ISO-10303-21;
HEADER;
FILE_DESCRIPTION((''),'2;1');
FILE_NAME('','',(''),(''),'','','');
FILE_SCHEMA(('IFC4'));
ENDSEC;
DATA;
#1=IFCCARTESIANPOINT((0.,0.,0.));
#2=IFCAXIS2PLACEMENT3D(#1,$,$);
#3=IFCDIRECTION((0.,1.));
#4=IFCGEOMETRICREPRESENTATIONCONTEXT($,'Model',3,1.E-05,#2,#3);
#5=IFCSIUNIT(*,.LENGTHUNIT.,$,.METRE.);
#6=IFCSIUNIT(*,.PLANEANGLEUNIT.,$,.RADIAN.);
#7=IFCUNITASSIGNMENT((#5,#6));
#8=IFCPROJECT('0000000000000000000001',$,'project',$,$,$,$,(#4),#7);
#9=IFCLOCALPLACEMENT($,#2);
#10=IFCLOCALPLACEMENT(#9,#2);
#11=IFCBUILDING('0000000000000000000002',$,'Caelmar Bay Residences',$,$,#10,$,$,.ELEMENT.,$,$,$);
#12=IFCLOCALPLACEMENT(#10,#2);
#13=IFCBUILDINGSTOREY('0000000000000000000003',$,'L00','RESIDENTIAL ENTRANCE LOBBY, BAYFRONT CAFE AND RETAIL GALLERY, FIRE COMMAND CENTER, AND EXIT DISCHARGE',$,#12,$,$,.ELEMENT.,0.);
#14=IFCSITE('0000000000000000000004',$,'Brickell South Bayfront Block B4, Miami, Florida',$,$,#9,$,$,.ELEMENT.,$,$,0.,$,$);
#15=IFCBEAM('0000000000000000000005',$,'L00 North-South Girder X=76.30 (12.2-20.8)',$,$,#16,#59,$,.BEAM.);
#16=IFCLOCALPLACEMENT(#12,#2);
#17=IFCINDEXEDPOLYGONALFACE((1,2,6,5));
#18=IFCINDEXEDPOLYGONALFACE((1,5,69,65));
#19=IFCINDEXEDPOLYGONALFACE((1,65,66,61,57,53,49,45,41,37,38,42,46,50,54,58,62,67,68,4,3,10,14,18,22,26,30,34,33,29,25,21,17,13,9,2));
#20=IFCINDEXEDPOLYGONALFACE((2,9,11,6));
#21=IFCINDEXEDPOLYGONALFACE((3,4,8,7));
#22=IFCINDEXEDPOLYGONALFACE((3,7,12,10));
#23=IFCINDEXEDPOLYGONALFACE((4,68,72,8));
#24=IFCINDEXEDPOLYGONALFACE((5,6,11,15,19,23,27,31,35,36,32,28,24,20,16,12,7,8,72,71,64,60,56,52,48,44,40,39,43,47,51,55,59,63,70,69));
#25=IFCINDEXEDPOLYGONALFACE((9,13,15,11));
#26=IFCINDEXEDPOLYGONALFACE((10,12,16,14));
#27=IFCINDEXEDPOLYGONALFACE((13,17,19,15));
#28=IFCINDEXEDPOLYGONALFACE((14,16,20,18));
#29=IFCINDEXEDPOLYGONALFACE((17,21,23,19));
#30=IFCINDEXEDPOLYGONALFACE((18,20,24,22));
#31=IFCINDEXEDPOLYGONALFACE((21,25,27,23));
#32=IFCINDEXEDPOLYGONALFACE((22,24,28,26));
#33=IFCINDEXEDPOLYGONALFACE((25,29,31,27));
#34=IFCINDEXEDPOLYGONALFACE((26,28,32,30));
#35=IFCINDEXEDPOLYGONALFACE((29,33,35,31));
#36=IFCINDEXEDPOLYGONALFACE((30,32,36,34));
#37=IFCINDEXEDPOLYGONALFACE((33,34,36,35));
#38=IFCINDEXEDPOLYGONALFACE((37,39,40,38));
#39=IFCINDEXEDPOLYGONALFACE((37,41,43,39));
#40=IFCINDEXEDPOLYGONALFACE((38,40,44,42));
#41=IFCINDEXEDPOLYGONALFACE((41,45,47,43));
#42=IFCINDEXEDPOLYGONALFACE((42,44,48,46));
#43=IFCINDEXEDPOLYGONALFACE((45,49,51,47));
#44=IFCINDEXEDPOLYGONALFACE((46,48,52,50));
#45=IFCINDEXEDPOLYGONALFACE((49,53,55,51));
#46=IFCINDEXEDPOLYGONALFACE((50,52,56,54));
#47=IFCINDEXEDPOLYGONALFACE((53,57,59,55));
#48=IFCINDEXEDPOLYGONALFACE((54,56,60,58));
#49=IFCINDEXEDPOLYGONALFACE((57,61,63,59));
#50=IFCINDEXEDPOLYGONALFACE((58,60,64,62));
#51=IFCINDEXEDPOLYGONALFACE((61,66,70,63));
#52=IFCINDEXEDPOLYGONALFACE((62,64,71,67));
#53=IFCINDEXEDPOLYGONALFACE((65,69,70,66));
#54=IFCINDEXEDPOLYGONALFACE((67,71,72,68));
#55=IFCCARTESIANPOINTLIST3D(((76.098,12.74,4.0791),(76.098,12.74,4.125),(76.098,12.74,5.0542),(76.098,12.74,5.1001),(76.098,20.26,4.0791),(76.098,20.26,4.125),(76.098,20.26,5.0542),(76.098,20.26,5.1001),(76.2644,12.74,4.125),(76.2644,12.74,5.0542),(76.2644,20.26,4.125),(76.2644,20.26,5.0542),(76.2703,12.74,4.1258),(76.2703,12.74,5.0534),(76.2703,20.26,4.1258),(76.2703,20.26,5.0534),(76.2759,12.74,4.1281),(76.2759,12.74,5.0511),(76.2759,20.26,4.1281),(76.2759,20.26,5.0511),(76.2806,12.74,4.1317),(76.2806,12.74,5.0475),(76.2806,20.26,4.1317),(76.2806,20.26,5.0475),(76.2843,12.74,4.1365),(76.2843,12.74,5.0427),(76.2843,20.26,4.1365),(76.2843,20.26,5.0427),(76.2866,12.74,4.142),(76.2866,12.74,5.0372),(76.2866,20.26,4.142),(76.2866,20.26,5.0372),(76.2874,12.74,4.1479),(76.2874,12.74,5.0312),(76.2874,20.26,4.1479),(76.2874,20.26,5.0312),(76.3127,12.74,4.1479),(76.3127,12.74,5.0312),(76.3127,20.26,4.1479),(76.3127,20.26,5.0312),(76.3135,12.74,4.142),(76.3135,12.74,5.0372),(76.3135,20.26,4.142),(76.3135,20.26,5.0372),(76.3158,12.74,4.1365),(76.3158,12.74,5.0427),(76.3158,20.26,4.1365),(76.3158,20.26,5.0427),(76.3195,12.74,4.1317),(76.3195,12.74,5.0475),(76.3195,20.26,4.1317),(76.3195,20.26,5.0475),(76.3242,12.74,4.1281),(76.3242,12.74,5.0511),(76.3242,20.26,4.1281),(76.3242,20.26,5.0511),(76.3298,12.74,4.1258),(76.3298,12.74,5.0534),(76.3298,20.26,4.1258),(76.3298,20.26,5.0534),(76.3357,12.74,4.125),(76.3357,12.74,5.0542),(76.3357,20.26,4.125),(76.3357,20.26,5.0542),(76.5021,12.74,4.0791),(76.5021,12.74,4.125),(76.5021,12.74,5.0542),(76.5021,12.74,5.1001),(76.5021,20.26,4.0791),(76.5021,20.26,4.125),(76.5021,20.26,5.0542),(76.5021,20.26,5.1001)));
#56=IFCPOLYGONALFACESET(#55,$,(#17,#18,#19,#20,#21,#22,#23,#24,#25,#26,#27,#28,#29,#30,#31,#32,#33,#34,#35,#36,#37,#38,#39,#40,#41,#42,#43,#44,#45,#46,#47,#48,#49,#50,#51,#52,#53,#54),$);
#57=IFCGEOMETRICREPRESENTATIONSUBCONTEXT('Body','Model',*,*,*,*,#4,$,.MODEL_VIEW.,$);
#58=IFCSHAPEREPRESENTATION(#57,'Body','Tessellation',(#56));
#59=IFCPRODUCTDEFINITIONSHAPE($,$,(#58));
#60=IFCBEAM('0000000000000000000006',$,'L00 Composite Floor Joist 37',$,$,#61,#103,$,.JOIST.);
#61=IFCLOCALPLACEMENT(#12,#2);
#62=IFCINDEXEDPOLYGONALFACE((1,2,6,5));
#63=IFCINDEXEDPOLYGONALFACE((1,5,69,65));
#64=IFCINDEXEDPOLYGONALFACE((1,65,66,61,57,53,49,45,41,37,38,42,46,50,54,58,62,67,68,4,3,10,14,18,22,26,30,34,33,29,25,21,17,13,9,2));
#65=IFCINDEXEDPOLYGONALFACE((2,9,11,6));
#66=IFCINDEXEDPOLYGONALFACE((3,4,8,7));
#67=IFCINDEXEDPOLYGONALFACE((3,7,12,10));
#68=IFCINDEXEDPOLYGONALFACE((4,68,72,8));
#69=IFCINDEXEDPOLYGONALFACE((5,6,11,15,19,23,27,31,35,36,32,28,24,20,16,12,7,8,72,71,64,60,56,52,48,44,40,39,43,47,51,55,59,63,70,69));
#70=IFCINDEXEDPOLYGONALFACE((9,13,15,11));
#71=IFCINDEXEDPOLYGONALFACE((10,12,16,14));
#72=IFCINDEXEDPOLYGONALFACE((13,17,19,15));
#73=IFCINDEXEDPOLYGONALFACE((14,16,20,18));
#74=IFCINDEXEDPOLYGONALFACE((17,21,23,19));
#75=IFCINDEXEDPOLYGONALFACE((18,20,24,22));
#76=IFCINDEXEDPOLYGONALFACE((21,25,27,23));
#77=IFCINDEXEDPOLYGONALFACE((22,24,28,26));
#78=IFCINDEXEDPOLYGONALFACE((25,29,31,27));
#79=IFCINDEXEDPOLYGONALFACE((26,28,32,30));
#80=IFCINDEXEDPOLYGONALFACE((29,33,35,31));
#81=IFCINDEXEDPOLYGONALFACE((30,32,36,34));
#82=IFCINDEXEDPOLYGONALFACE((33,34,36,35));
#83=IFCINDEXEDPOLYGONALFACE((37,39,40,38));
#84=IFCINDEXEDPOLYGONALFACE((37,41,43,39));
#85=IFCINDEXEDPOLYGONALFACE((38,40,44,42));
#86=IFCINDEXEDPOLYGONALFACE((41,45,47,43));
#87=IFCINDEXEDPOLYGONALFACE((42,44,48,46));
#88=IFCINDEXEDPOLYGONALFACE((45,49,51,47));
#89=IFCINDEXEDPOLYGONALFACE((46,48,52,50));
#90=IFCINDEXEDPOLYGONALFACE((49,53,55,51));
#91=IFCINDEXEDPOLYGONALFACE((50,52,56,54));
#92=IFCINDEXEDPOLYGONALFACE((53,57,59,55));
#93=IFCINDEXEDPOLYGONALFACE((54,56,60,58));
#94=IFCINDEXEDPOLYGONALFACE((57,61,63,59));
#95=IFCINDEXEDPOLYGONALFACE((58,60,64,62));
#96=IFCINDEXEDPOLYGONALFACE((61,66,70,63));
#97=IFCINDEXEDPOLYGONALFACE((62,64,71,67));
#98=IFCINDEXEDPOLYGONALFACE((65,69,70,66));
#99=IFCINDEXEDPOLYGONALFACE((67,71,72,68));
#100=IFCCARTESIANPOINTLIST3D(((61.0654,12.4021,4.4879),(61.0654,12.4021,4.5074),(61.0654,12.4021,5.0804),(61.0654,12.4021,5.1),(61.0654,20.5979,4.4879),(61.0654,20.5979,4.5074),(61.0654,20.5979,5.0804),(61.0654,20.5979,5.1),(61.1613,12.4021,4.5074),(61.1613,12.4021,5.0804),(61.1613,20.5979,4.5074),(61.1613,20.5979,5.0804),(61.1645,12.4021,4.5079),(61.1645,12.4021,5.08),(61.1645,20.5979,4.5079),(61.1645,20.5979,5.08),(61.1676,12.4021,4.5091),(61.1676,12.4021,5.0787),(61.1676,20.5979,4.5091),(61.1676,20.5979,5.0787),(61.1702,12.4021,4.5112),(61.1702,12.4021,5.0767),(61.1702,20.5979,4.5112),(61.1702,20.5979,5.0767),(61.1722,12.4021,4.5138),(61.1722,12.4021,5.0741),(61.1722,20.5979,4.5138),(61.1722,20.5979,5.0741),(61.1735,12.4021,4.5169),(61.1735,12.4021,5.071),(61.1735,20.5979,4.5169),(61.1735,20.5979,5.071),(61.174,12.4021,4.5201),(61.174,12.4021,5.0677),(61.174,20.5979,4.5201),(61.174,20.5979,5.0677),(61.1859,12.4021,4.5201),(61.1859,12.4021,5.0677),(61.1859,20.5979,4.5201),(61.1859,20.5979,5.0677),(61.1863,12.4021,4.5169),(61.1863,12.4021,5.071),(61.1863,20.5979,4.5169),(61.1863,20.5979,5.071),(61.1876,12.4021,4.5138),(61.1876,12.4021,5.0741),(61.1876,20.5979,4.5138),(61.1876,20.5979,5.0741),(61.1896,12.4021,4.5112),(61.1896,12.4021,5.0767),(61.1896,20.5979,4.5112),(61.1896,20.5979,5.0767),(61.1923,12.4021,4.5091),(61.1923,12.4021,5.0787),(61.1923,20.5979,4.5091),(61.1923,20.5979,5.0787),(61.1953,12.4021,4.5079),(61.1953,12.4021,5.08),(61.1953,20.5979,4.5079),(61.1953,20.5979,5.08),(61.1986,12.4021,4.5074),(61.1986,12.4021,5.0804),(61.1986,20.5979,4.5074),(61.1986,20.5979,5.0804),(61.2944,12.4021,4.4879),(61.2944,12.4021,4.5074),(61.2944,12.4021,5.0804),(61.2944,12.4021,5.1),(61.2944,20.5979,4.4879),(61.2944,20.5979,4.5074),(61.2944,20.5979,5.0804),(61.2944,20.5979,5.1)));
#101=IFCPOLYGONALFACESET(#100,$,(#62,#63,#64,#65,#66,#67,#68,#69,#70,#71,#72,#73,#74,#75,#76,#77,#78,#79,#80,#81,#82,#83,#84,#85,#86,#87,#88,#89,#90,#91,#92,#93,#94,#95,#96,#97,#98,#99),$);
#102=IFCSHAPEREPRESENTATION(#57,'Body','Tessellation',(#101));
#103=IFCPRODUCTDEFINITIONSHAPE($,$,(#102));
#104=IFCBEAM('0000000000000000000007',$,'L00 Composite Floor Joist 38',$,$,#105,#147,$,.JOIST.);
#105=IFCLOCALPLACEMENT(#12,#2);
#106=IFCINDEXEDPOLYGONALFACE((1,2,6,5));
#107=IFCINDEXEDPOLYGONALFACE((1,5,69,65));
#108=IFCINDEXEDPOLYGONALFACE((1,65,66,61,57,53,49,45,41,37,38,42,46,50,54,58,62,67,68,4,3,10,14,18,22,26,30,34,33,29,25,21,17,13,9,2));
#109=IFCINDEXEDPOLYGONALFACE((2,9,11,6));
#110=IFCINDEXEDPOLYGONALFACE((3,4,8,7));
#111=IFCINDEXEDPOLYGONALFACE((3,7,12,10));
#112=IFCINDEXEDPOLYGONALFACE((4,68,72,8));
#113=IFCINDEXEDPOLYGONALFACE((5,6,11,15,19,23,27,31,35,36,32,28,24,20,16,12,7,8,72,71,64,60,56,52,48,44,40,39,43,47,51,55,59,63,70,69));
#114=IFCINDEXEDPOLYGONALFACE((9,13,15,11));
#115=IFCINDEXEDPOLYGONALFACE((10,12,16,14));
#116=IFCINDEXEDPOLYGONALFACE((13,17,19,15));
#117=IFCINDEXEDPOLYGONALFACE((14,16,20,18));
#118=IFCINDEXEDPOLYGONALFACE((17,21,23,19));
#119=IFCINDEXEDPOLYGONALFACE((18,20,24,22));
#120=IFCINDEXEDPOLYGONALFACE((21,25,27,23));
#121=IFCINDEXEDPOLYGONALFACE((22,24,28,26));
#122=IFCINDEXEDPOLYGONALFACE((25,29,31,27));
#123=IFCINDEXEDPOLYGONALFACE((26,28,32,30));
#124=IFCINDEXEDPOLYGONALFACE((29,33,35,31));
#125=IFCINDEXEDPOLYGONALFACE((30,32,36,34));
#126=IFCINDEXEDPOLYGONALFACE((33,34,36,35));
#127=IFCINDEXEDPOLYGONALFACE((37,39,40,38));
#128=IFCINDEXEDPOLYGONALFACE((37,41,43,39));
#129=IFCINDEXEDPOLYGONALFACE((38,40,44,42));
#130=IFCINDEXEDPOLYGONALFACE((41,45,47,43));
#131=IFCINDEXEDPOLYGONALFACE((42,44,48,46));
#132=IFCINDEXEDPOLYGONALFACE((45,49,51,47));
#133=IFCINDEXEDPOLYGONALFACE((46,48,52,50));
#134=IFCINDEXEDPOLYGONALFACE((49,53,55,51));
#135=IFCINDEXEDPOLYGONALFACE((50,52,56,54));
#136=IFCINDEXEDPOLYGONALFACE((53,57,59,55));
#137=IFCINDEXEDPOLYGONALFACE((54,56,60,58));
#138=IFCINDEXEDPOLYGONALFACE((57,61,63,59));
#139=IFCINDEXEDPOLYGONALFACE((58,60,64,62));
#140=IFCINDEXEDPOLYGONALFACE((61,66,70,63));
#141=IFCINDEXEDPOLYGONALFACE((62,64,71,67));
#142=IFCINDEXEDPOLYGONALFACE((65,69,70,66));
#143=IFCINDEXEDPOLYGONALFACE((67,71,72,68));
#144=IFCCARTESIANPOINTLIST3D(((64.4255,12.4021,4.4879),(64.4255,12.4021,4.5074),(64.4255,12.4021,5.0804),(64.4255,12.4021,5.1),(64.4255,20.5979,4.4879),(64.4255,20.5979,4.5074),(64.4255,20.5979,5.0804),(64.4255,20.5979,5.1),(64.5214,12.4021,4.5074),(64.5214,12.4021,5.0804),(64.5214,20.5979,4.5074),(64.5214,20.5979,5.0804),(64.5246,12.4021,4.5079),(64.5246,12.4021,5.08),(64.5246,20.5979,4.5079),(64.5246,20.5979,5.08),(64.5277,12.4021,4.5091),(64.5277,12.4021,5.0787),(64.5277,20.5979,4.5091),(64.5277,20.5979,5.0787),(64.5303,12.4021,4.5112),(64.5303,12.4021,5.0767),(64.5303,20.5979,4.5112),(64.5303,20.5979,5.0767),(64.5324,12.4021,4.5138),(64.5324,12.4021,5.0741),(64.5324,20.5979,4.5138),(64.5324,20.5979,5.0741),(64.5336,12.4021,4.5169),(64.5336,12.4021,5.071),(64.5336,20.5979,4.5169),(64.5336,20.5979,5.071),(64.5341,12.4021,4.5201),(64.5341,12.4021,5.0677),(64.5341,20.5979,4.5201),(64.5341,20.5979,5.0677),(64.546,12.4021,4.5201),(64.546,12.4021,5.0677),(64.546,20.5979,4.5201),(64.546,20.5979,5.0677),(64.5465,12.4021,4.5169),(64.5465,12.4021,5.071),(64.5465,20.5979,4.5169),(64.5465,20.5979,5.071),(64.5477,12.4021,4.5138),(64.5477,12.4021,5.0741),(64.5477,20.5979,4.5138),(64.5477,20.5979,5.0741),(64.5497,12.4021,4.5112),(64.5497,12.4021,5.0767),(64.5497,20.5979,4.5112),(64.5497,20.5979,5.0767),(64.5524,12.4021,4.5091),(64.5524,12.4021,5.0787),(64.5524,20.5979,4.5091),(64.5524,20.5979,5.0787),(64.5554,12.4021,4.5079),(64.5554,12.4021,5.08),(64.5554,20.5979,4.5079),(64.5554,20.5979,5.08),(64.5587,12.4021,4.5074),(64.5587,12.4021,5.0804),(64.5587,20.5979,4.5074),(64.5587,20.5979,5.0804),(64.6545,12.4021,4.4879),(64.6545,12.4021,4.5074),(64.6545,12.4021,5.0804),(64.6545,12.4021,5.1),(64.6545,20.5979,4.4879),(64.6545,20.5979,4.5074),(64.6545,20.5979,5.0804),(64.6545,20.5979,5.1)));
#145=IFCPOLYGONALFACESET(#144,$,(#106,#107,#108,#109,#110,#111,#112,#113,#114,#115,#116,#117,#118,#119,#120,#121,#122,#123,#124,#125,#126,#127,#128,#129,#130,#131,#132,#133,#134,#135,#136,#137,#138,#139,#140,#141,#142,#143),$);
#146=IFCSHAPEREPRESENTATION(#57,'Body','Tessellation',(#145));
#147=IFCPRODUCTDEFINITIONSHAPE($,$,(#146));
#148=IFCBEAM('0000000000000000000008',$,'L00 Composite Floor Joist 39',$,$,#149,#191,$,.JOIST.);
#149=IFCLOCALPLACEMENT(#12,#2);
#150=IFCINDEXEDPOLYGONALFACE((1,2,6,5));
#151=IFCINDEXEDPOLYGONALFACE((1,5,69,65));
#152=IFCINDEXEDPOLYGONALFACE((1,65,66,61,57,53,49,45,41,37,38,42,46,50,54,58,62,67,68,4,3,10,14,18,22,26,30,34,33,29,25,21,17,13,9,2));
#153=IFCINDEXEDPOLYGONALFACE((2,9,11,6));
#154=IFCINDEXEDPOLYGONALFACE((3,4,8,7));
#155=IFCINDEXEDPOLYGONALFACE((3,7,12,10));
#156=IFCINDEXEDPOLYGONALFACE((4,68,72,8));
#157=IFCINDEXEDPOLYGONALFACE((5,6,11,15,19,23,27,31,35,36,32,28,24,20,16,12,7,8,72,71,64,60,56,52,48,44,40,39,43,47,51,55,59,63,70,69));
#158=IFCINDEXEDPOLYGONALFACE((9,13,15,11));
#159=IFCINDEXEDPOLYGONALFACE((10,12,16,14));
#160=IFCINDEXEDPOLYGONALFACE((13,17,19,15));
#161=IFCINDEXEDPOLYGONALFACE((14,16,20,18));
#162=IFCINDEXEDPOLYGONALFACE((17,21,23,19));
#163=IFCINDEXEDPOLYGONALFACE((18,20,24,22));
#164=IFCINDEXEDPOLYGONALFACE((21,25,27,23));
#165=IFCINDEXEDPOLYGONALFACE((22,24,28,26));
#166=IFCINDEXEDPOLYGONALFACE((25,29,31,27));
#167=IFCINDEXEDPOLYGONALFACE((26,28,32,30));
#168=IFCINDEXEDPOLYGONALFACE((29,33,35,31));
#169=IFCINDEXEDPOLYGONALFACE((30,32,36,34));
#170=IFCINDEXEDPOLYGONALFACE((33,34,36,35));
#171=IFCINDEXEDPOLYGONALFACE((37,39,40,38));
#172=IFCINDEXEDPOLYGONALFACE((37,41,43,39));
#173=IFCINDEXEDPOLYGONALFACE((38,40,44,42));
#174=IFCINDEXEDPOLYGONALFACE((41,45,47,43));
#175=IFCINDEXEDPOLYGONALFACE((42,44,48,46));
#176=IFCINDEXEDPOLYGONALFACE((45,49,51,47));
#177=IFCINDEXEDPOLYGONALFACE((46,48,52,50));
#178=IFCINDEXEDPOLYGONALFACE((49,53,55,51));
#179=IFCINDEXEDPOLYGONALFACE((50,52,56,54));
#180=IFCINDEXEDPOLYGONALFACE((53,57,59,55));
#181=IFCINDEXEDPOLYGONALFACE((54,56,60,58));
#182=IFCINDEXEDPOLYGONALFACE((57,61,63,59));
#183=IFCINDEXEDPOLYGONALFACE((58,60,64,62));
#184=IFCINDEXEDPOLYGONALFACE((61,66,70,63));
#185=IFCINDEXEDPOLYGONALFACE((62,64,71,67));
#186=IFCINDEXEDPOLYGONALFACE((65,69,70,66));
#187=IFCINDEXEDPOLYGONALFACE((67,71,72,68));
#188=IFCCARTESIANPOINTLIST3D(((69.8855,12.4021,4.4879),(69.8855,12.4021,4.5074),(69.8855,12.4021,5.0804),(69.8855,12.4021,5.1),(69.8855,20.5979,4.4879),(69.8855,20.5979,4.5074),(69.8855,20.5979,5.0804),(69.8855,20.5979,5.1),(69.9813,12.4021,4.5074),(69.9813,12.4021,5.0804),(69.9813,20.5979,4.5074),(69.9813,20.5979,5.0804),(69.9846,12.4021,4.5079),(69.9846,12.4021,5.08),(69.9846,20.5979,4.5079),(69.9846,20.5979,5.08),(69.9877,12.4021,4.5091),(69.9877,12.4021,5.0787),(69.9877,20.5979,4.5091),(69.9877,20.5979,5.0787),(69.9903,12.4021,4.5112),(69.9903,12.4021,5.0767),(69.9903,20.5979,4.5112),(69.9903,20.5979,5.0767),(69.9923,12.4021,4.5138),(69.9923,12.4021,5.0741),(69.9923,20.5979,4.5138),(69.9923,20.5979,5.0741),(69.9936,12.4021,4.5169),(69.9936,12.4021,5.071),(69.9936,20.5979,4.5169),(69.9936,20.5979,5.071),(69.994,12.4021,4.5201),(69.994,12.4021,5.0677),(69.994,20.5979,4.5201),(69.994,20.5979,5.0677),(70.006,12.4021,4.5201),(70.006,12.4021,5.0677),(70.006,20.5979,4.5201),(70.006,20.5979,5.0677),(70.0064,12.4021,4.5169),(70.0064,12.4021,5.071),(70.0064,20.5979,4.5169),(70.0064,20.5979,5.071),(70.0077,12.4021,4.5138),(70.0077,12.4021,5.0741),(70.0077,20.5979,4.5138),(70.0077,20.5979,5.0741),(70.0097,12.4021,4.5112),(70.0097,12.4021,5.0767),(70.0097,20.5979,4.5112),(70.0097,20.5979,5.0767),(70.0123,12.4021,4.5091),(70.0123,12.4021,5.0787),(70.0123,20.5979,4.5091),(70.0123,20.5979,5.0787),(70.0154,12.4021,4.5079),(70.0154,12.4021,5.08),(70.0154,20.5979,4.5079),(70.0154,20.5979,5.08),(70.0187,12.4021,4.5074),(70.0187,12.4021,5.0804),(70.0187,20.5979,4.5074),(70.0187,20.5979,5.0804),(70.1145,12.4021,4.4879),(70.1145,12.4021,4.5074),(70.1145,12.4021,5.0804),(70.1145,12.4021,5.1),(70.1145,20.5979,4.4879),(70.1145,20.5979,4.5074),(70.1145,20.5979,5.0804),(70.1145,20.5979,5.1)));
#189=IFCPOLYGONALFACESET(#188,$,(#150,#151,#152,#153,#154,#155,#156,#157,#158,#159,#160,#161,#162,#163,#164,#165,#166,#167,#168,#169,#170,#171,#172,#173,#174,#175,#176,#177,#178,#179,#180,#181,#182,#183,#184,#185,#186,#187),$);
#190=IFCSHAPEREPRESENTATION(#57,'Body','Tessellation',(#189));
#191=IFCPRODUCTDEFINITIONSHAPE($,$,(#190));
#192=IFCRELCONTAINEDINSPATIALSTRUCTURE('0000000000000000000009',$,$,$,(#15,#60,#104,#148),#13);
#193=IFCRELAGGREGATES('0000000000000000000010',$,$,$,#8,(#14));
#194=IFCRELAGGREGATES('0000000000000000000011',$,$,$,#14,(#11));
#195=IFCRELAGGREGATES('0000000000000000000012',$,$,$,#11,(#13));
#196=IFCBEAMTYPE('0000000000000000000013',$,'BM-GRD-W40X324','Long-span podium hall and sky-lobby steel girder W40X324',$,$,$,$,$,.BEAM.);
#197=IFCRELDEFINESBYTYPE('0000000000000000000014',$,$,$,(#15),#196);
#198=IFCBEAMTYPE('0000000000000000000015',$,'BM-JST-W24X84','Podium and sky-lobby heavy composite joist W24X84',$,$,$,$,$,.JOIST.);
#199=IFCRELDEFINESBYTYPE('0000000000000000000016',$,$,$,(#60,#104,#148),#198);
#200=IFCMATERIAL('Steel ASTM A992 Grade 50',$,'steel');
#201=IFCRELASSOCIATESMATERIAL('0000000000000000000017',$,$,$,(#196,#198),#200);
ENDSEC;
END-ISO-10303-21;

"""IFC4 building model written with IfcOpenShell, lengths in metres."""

from ifc_helpers import new_model, si_unit, direction, frame, origin, origin_2d, place, context, subcontext, project, spatial, i_section, extrude, material, material_profile, profile_set, type_object, element, save


model = new_model("IFC4")

# Units and contexts
model_context = context("Model", 3, precision=1e-05, world=origin(), true_north=direction((0.0, 1.0)))
body_context = subcontext(model_context, "Body", "Model", "MODEL_VIEW")
ifc_project = project(units=[si_unit("LENGTHUNIT", "METRE"), si_unit("PLANEANGLEUNIT", "RADIAN")], contexts=[model_context])

# Site, building, storey
site_placement = place(None, origin())
site = spatial("IfcSite", under=ifc_project, at=site_placement, Name="Brickell South Bayfront Block B4, Miami, Florida", CompositionType="ELEMENT", RefElevation=0.0)
building_placement = place(site_placement, origin())
building = spatial("IfcBuilding", under=site, at=building_placement, Name="Caelmar Bay Residences", CompositionType="ELEMENT")
storey_placement = place(building_placement, origin())
storey = spatial("IfcBuildingStorey", under=building, at=storey_placement, Name="L00", Description="RESIDENTIAL ENTRANCE LOBBY, BAYFRONT CAFE AND RETAIL GALLERY, FIRE COMMAND CENTER, AND EXIT DISCHARGE", CompositionType="ELEMENT", Elevation=0.0)

# Beams
ifc_material_1 = material(Name="Steel ASTM A992 Grade 50", Category="steel")
ifc_material_profile_1 = material_profile(ifc_material_1, i_section(OverallWidth=0.4041, OverallDepth=1.021, WebThickness=0.0254, FlangeThickness=0.0459, FilletRadius=0.0229, at=origin_2d()), Name="W40X324")
ifc_profile_set_1 = profile_set([ifc_material_profile_1], Name="Steel ASTM A992 Grade 50")
beam_type_1 = type_object("IfcBeamType", Name="BM-GRD-W40X324", Description="Long-span podium hall and sky-lobby steel girder W40X324", PredefinedType="BEAM", material=ifc_profile_set_1)
for number, where, z_axis, x_axis, name in (
    (1, (76.3, 12.74, 4.5896), (0.0, 1.0, 0.0), (-1.0, 0.0, 0.0), "L00 North-South Girder X=76.30 (12.2-20.8)"),
):
    element("IfcBeam", number, at=place(storey_placement, frame(where, z_axis=z_axis, x_axis=x_axis)), inside=storey, type_object=beam_type_1, Name=name, PredefinedType="BEAM", context=body_context, shape_type="SweptSolid", body=[
        extrude(i_section(OverallWidth=0.4041, OverallDepth=1.021, WebThickness=0.0254, FlangeThickness=0.0459, FilletRadius=0.0229, at=origin_2d()), origin(), (0.0, 0.0, 1.0), 7.52),
    ])
ifc_material_profile_2 = material_profile(ifc_material_1, i_section(OverallWidth=0.229, OverallDepth=0.6121, WebThickness=0.012, FlangeThickness=0.0195, FilletRadius=0.0127, at=origin_2d()), Name="W24X84")
ifc_profile_set_2 = profile_set([ifc_material_profile_2], Name="Steel ASTM A992 Grade 50")
beam_type_2 = type_object("IfcBeamType", Name="BM-JST-W24X84", Description="Podium and sky-lobby heavy composite joist W24X84", PredefinedType="JOIST", material=ifc_profile_set_2)
for number, where, z_axis, x_axis, name in (
    (2, (61.1799, 12.4021, 4.7939), (0.0, 1.0, 0.0), (-1.0, 0.0, 0.0), "L00 Composite Floor Joist 37"),
    (3, (64.54, 12.4021, 4.7939), (0.0, 1.0, 0.0), (-1.0, 0.0, 0.0), "L00 Composite Floor Joist 38"),
    (4, (70.0, 12.4021, 4.7939), (0.0, 1.0, 0.0), (-1.0, 0.0, 0.0), "L00 Composite Floor Joist 39"),
):
    element("IfcBeam", number, at=place(storey_placement, frame(where, z_axis=z_axis, x_axis=x_axis)), inside=storey, type_object=beam_type_2, Name=name, PredefinedType="JOIST", context=body_context, shape_type="SweptSolid", body=[
        extrude(i_section(OverallWidth=0.229, OverallDepth=0.6121, WebThickness=0.012, FlangeThickness=0.0195, FilletRadius=0.0127, at=origin_2d()), origin(), (0.0, 0.0, 1.0), 8.1958),
    ])

save(model, "model.ifc")
